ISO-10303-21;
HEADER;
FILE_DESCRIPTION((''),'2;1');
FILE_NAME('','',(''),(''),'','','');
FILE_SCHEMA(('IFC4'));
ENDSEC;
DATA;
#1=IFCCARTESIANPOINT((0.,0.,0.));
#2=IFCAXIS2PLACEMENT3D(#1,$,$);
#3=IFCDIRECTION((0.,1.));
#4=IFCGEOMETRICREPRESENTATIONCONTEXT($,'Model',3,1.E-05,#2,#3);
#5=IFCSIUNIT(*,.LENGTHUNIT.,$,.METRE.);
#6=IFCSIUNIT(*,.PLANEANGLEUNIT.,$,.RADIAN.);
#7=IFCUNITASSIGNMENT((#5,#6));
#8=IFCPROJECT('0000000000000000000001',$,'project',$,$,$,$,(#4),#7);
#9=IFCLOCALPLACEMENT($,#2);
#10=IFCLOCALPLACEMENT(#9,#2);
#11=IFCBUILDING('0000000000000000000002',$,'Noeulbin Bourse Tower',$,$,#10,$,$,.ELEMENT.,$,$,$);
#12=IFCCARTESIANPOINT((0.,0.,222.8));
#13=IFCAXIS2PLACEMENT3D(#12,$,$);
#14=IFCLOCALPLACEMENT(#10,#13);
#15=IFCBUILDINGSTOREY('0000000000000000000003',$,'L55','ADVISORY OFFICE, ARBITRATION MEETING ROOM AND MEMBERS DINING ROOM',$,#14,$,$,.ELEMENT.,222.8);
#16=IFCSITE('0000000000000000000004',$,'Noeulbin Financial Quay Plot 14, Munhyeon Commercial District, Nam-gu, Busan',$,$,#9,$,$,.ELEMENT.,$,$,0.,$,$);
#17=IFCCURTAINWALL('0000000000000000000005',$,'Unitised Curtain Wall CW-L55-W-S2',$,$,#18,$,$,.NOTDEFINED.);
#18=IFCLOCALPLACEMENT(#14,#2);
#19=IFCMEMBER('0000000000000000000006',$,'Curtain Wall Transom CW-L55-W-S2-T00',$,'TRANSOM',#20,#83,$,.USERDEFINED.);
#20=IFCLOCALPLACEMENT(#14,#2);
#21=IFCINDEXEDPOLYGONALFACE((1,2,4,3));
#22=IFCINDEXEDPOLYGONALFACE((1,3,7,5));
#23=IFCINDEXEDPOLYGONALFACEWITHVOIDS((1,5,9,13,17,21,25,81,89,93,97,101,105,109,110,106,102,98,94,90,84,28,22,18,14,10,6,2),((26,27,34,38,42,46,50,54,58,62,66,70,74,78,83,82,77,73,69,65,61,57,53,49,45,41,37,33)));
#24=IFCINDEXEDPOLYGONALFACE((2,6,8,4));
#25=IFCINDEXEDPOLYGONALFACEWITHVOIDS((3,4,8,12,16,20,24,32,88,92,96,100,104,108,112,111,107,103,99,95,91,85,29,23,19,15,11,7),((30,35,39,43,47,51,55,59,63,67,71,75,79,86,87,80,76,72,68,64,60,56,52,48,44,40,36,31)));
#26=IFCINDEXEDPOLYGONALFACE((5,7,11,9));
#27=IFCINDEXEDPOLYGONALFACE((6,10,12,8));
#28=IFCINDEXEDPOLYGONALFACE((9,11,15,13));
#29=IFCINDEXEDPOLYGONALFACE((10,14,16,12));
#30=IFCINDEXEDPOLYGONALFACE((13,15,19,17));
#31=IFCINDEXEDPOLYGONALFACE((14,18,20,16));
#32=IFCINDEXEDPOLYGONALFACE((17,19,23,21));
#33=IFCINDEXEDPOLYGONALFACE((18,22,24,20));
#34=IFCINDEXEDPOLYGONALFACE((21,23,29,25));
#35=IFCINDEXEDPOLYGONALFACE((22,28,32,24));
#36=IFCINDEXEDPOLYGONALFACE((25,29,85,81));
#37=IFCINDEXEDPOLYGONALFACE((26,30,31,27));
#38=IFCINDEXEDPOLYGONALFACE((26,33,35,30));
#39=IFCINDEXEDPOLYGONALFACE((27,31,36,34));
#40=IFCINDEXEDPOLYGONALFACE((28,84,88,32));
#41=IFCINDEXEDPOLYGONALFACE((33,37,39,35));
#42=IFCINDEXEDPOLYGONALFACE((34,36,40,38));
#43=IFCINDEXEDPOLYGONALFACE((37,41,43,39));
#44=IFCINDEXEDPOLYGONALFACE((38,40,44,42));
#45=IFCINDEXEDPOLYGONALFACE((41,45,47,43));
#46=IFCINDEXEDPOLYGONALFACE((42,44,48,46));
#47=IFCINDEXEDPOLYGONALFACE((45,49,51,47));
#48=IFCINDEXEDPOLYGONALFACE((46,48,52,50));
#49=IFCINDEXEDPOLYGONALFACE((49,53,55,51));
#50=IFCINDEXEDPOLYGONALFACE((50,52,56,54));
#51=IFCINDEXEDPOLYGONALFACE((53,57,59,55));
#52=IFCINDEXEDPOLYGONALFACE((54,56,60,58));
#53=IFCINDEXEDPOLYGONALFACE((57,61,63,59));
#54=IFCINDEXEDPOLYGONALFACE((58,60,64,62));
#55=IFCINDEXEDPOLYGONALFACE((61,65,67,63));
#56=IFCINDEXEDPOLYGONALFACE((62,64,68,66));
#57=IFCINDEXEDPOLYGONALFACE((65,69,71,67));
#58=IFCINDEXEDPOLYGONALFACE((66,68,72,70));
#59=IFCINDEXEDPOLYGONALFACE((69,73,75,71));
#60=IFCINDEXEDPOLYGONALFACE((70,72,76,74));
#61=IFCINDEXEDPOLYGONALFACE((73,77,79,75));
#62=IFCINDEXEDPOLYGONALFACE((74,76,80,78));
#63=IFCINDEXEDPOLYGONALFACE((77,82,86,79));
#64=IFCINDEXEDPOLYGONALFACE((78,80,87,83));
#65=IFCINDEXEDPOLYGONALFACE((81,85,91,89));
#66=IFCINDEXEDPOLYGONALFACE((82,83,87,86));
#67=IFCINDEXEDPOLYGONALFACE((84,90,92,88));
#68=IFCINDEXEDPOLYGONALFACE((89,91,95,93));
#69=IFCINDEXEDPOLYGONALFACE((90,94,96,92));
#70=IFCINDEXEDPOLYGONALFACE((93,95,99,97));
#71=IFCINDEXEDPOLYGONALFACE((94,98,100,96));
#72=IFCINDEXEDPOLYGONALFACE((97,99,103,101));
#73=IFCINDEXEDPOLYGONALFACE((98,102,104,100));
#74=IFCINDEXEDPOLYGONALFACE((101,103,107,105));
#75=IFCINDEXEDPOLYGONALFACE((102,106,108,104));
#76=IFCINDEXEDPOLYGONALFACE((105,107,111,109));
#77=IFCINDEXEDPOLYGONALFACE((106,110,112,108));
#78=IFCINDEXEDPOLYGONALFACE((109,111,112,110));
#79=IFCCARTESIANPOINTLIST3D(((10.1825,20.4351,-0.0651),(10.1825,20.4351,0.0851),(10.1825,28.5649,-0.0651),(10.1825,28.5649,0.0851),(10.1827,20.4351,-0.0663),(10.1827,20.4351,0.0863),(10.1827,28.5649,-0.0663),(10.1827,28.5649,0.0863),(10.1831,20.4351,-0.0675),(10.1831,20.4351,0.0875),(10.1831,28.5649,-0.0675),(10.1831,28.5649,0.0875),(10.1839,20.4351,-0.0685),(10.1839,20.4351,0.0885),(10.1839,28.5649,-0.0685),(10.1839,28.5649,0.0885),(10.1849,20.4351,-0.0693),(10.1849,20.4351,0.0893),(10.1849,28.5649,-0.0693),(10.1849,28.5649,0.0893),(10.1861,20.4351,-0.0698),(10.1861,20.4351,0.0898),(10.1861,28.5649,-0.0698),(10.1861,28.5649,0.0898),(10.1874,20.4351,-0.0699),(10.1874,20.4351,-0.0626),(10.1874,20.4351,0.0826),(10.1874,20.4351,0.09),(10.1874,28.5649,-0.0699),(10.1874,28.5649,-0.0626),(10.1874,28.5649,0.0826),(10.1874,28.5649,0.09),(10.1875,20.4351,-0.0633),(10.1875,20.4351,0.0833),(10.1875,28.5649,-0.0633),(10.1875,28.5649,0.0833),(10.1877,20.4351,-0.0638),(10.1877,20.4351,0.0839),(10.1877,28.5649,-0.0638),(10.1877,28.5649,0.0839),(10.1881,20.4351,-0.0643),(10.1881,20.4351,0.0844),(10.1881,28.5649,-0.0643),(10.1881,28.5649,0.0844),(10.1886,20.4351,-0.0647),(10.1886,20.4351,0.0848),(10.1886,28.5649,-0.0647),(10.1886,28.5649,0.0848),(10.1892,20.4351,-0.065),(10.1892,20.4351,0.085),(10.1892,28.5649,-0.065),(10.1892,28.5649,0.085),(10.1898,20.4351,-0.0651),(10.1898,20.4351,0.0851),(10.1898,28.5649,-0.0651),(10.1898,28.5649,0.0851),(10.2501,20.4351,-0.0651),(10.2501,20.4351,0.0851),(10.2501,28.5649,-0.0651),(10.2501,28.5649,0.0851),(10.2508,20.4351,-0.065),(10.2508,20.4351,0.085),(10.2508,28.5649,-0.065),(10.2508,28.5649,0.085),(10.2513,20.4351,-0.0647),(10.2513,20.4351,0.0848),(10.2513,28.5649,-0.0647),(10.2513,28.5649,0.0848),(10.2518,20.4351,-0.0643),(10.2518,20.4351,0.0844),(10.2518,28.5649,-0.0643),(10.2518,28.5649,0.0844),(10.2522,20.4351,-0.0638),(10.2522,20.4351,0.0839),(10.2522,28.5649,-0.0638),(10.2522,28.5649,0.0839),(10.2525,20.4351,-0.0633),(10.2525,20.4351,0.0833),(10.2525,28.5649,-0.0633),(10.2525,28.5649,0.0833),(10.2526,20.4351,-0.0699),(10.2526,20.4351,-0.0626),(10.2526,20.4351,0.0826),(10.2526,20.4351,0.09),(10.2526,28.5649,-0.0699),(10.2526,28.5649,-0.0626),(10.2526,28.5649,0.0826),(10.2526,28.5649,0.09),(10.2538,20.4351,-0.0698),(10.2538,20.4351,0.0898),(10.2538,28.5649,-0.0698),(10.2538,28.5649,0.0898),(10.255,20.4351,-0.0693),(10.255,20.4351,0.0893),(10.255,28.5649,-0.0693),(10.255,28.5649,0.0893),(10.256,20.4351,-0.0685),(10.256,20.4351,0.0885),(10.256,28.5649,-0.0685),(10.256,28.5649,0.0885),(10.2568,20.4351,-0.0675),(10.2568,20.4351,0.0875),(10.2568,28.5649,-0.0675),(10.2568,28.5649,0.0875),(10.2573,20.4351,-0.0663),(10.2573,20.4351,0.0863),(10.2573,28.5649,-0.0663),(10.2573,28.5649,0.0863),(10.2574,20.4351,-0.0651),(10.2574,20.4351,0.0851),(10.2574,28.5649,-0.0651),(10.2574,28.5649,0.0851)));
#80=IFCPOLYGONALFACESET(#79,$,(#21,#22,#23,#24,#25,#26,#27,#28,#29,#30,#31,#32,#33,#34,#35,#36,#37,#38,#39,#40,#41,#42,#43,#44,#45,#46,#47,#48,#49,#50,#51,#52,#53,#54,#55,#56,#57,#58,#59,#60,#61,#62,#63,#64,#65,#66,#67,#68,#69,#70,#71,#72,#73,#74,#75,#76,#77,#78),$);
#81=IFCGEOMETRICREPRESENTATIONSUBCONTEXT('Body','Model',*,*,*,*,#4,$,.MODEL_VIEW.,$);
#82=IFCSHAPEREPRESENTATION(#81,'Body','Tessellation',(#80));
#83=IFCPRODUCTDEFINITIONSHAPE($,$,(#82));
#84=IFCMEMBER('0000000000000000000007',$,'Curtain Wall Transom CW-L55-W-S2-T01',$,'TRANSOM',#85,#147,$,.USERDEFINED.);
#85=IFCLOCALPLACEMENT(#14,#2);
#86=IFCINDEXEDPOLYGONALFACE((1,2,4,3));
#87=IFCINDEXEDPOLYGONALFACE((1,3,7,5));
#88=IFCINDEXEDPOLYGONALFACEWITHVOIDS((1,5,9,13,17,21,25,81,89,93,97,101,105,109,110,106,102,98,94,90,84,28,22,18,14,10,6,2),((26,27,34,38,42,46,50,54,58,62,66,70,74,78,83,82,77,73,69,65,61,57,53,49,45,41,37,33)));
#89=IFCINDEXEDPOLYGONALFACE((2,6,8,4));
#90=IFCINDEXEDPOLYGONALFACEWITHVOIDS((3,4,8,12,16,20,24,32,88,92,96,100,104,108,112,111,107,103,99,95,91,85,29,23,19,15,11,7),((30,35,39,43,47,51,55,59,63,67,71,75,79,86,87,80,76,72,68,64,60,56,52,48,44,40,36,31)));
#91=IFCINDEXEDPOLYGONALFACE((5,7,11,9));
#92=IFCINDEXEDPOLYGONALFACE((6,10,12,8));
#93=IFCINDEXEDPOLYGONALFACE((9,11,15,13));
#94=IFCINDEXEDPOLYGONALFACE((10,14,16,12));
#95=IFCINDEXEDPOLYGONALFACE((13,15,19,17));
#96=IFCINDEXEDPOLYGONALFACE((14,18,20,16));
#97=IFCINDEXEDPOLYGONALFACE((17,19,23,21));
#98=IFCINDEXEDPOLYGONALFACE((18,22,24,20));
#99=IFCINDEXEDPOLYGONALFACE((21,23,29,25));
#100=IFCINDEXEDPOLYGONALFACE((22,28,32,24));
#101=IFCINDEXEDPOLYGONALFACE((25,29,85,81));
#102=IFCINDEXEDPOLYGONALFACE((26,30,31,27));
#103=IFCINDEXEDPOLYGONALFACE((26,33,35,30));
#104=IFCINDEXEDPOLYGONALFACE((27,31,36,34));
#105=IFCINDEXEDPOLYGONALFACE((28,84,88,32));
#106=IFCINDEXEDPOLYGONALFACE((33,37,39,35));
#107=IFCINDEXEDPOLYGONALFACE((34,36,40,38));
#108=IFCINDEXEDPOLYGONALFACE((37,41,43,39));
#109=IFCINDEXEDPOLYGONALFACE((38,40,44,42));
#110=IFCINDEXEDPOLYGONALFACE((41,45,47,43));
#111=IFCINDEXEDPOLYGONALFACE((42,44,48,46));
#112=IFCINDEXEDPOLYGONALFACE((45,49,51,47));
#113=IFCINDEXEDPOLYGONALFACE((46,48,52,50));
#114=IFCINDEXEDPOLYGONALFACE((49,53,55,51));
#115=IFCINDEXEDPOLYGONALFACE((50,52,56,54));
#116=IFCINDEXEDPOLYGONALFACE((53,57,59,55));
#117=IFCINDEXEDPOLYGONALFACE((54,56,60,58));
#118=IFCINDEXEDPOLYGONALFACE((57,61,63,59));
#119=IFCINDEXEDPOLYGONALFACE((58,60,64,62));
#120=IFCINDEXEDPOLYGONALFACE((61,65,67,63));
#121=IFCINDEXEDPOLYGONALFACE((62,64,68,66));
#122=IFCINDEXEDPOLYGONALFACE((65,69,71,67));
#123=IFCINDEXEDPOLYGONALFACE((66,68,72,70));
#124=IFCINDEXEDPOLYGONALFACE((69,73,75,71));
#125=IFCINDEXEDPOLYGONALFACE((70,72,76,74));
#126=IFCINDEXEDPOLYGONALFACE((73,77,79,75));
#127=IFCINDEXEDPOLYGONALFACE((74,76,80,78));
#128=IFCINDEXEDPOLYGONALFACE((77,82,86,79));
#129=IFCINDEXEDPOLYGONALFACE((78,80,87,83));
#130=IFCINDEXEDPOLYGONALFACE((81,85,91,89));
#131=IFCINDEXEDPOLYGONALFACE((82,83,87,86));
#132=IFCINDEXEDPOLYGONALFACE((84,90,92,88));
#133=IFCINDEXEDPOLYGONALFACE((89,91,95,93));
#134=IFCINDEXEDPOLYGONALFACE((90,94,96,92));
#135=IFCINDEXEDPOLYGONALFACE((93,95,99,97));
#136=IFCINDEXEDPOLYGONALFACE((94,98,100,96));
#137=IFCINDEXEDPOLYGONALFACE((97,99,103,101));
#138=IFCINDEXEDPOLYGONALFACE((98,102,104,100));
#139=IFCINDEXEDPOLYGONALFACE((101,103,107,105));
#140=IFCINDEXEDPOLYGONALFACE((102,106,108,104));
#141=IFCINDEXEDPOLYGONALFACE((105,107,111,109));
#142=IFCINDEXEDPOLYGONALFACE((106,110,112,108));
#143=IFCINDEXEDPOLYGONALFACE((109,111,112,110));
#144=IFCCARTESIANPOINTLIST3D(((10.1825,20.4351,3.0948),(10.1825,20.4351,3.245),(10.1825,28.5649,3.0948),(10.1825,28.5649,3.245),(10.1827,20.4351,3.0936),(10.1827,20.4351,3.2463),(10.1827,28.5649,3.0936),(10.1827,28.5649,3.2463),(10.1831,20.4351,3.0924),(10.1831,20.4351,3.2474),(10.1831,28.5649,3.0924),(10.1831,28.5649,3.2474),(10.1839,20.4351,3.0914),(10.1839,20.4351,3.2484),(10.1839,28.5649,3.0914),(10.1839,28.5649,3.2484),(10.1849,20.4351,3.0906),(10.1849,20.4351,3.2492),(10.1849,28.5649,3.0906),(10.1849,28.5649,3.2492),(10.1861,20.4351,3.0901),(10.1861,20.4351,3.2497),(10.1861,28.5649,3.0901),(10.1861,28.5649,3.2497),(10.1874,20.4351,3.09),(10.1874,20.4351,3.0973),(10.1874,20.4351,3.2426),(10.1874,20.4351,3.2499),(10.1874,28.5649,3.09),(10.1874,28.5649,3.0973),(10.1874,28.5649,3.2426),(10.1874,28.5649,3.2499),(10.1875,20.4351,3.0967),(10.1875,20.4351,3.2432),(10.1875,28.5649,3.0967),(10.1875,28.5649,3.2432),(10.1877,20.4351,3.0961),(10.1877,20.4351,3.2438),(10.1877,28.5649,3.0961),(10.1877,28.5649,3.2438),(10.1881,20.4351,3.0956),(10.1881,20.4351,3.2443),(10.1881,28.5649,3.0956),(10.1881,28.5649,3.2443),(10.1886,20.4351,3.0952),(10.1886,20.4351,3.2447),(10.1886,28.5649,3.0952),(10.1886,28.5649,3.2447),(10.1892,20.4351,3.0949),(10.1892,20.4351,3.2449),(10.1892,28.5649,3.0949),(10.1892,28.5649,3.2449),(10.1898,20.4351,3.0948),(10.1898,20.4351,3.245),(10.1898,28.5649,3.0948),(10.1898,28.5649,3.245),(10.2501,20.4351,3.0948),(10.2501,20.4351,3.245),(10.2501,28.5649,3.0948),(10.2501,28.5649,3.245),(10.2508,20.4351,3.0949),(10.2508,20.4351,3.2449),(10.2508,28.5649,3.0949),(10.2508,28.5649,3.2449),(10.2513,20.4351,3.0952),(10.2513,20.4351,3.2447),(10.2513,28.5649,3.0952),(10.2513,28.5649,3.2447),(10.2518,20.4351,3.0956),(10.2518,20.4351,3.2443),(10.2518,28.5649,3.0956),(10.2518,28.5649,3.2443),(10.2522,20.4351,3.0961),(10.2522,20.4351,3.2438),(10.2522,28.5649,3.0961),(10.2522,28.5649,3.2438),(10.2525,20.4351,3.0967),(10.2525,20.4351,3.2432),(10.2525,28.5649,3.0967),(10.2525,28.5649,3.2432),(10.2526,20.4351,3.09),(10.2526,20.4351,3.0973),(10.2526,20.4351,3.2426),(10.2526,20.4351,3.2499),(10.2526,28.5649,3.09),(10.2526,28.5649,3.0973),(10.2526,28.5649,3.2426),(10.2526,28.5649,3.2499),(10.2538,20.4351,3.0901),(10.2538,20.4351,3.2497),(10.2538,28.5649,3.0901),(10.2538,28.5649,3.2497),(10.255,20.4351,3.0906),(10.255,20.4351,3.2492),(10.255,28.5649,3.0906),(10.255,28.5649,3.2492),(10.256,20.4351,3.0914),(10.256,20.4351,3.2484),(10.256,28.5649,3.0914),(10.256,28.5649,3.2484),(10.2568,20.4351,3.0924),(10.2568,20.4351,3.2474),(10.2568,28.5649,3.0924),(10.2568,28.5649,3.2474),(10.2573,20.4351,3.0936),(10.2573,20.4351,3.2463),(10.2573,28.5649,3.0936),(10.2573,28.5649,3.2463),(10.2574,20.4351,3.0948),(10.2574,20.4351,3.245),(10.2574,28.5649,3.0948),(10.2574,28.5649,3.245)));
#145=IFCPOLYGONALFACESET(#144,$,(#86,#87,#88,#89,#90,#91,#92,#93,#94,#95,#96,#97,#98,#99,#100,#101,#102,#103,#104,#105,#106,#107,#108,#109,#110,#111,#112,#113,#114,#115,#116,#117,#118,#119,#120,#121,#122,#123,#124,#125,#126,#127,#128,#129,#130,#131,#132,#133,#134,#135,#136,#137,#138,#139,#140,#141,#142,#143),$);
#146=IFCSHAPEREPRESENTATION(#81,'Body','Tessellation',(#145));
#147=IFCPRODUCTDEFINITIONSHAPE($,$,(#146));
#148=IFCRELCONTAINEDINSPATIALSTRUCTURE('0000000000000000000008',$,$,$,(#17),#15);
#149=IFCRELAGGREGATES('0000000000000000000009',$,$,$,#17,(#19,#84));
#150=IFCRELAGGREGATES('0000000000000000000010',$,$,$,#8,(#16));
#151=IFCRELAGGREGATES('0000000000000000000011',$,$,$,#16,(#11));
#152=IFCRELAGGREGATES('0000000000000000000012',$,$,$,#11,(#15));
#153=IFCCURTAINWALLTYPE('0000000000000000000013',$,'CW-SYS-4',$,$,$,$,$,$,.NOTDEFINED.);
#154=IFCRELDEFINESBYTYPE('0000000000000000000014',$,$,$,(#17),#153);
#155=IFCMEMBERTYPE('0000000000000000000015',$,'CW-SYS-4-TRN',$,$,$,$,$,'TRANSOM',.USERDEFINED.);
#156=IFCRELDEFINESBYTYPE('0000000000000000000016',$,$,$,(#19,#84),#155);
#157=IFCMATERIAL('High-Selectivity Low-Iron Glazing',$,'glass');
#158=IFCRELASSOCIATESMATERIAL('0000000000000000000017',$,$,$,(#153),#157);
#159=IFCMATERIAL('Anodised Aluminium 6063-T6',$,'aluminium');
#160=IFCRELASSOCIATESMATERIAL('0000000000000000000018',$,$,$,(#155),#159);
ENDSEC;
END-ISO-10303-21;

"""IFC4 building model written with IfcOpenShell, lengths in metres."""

from ifc_helpers import new_model, si_unit, direction, frame, origin, origin_2d, place, context, subcontext, project, spatial, hollow_rectangle, extrude, material, material_profile, profile_set, type_object, element, aggregate, save


model = new_model("IFC4")

# Units and contexts
model_context = context("Model", 3, precision=1e-05, world=origin(), true_north=direction((0.0, 1.0)))
body_context = subcontext(model_context, "Body", "Model", "MODEL_VIEW")
ifc_project = project(units=[si_unit("LENGTHUNIT", "METRE"), si_unit("PLANEANGLEUNIT", "RADIAN")], contexts=[model_context])

# Site, building, storey
site_placement = place(None, origin())
site = spatial("IfcSite", under=ifc_project, at=site_placement, Name="Noeulbin Financial Quay Plot 14, Munhyeon Commercial District, Nam-gu, Busan", CompositionType="ELEMENT", RefElevation=0.0)
building_placement = place(site_placement, origin())
building = spatial("IfcBuilding", under=site, at=building_placement, Name="Noeulbin Bourse Tower", CompositionType="ELEMENT")
storey_placement = place(building_placement, frame((0.0, 0.0, 222.8)))
storey = spatial("IfcBuildingStorey", under=building, at=storey_placement, Name="L55", Description="ADVISORY OFFICE, ARBITRATION MEETING ROOM AND MEMBERS DINING ROOM", CompositionType="ELEMENT", Elevation=222.8)

# Curtain wall
ifc_material_1 = material(Name="High-Selectivity Low-Iron Glazing", Category="glass")
curtain_wall_type = type_object("IfcCurtainWallType", Name="CW-SYS-4", PredefinedType="NOTDEFINED", material=ifc_material_1)
curtain_wall_1_placement = place(storey_placement, origin())
curtain_wall_1 = element("IfcCurtainWall", 1, at=curtain_wall_1_placement, inside=storey, type_object=curtain_wall_type, Name="Unitised Curtain Wall CW-L55-W-S2", PredefinedType="NOTDEFINED")
ifc_material_2 = material(Name="Anodised Aluminium 6063-T6", Category="aluminium")

# Members
ifc_material_profile_1 = material_profile(ifc_material_2, hollow_rectangle(XDim=0.075, YDim=0.1599, WallThickness=0.0049, InnerFilletRadius=0.0024, OuterFilletRadius=0.0049, at=origin_2d()), Name="ALU-TRAN-75x160x5", Category="LoadBearing")
ifc_profile_set_1 = profile_set([ifc_material_profile_1], Name="Anodised Aluminium 6063-T6")
member_type_1 = type_object("IfcMemberType", Name="CW-SYS-4-TRN", ElementType="TRANSOM", PredefinedType="USERDEFINED", material=ifc_profile_set_1)
member_1_placement = place(storey_placement, frame((10.22, 20.4351, 0.01), z_axis=(0.0, 1.0, 0.0), x_axis=(-1.0, 0.0, 0.0)))
member_1 = element("IfcMember", 2, at=member_1_placement, type_object=member_type_1, Name="Curtain Wall Transom CW-L55-W-S2-T00", ObjectType="TRANSOM", PredefinedType="USERDEFINED", context=body_context, shape_type="SweptSolid", body=[
    extrude(hollow_rectangle(XDim=0.075, YDim=0.1599, WallThickness=0.0049, InnerFilletRadius=0.0024, OuterFilletRadius=0.0049, at=origin_2d()), origin(), (0.0, 0.0, 1.0), 8.1299),
])
member_2_placement = place(storey_placement, frame((10.22, 20.4351, 3.1699), z_axis=(0.0, 1.0, 0.0), x_axis=(-1.0, 0.0, 0.0)))
member_2 = element("IfcMember", 3, at=member_2_placement, type_object=member_type_1, Name="Curtain Wall Transom CW-L55-W-S2-T01", ObjectType="TRANSOM", PredefinedType="USERDEFINED", context=body_context, shape_type="SweptSolid", body=[
    extrude(hollow_rectangle(XDim=0.075, YDim=0.1599, WallThickness=0.0049, InnerFilletRadius=0.0024, OuterFilletRadius=0.0049, at=origin_2d()), origin(), (0.0, 0.0, 1.0), 8.1299),
])

aggregate(curtain_wall_1, [member_1, member_2])

save(model, "model.ifc")
